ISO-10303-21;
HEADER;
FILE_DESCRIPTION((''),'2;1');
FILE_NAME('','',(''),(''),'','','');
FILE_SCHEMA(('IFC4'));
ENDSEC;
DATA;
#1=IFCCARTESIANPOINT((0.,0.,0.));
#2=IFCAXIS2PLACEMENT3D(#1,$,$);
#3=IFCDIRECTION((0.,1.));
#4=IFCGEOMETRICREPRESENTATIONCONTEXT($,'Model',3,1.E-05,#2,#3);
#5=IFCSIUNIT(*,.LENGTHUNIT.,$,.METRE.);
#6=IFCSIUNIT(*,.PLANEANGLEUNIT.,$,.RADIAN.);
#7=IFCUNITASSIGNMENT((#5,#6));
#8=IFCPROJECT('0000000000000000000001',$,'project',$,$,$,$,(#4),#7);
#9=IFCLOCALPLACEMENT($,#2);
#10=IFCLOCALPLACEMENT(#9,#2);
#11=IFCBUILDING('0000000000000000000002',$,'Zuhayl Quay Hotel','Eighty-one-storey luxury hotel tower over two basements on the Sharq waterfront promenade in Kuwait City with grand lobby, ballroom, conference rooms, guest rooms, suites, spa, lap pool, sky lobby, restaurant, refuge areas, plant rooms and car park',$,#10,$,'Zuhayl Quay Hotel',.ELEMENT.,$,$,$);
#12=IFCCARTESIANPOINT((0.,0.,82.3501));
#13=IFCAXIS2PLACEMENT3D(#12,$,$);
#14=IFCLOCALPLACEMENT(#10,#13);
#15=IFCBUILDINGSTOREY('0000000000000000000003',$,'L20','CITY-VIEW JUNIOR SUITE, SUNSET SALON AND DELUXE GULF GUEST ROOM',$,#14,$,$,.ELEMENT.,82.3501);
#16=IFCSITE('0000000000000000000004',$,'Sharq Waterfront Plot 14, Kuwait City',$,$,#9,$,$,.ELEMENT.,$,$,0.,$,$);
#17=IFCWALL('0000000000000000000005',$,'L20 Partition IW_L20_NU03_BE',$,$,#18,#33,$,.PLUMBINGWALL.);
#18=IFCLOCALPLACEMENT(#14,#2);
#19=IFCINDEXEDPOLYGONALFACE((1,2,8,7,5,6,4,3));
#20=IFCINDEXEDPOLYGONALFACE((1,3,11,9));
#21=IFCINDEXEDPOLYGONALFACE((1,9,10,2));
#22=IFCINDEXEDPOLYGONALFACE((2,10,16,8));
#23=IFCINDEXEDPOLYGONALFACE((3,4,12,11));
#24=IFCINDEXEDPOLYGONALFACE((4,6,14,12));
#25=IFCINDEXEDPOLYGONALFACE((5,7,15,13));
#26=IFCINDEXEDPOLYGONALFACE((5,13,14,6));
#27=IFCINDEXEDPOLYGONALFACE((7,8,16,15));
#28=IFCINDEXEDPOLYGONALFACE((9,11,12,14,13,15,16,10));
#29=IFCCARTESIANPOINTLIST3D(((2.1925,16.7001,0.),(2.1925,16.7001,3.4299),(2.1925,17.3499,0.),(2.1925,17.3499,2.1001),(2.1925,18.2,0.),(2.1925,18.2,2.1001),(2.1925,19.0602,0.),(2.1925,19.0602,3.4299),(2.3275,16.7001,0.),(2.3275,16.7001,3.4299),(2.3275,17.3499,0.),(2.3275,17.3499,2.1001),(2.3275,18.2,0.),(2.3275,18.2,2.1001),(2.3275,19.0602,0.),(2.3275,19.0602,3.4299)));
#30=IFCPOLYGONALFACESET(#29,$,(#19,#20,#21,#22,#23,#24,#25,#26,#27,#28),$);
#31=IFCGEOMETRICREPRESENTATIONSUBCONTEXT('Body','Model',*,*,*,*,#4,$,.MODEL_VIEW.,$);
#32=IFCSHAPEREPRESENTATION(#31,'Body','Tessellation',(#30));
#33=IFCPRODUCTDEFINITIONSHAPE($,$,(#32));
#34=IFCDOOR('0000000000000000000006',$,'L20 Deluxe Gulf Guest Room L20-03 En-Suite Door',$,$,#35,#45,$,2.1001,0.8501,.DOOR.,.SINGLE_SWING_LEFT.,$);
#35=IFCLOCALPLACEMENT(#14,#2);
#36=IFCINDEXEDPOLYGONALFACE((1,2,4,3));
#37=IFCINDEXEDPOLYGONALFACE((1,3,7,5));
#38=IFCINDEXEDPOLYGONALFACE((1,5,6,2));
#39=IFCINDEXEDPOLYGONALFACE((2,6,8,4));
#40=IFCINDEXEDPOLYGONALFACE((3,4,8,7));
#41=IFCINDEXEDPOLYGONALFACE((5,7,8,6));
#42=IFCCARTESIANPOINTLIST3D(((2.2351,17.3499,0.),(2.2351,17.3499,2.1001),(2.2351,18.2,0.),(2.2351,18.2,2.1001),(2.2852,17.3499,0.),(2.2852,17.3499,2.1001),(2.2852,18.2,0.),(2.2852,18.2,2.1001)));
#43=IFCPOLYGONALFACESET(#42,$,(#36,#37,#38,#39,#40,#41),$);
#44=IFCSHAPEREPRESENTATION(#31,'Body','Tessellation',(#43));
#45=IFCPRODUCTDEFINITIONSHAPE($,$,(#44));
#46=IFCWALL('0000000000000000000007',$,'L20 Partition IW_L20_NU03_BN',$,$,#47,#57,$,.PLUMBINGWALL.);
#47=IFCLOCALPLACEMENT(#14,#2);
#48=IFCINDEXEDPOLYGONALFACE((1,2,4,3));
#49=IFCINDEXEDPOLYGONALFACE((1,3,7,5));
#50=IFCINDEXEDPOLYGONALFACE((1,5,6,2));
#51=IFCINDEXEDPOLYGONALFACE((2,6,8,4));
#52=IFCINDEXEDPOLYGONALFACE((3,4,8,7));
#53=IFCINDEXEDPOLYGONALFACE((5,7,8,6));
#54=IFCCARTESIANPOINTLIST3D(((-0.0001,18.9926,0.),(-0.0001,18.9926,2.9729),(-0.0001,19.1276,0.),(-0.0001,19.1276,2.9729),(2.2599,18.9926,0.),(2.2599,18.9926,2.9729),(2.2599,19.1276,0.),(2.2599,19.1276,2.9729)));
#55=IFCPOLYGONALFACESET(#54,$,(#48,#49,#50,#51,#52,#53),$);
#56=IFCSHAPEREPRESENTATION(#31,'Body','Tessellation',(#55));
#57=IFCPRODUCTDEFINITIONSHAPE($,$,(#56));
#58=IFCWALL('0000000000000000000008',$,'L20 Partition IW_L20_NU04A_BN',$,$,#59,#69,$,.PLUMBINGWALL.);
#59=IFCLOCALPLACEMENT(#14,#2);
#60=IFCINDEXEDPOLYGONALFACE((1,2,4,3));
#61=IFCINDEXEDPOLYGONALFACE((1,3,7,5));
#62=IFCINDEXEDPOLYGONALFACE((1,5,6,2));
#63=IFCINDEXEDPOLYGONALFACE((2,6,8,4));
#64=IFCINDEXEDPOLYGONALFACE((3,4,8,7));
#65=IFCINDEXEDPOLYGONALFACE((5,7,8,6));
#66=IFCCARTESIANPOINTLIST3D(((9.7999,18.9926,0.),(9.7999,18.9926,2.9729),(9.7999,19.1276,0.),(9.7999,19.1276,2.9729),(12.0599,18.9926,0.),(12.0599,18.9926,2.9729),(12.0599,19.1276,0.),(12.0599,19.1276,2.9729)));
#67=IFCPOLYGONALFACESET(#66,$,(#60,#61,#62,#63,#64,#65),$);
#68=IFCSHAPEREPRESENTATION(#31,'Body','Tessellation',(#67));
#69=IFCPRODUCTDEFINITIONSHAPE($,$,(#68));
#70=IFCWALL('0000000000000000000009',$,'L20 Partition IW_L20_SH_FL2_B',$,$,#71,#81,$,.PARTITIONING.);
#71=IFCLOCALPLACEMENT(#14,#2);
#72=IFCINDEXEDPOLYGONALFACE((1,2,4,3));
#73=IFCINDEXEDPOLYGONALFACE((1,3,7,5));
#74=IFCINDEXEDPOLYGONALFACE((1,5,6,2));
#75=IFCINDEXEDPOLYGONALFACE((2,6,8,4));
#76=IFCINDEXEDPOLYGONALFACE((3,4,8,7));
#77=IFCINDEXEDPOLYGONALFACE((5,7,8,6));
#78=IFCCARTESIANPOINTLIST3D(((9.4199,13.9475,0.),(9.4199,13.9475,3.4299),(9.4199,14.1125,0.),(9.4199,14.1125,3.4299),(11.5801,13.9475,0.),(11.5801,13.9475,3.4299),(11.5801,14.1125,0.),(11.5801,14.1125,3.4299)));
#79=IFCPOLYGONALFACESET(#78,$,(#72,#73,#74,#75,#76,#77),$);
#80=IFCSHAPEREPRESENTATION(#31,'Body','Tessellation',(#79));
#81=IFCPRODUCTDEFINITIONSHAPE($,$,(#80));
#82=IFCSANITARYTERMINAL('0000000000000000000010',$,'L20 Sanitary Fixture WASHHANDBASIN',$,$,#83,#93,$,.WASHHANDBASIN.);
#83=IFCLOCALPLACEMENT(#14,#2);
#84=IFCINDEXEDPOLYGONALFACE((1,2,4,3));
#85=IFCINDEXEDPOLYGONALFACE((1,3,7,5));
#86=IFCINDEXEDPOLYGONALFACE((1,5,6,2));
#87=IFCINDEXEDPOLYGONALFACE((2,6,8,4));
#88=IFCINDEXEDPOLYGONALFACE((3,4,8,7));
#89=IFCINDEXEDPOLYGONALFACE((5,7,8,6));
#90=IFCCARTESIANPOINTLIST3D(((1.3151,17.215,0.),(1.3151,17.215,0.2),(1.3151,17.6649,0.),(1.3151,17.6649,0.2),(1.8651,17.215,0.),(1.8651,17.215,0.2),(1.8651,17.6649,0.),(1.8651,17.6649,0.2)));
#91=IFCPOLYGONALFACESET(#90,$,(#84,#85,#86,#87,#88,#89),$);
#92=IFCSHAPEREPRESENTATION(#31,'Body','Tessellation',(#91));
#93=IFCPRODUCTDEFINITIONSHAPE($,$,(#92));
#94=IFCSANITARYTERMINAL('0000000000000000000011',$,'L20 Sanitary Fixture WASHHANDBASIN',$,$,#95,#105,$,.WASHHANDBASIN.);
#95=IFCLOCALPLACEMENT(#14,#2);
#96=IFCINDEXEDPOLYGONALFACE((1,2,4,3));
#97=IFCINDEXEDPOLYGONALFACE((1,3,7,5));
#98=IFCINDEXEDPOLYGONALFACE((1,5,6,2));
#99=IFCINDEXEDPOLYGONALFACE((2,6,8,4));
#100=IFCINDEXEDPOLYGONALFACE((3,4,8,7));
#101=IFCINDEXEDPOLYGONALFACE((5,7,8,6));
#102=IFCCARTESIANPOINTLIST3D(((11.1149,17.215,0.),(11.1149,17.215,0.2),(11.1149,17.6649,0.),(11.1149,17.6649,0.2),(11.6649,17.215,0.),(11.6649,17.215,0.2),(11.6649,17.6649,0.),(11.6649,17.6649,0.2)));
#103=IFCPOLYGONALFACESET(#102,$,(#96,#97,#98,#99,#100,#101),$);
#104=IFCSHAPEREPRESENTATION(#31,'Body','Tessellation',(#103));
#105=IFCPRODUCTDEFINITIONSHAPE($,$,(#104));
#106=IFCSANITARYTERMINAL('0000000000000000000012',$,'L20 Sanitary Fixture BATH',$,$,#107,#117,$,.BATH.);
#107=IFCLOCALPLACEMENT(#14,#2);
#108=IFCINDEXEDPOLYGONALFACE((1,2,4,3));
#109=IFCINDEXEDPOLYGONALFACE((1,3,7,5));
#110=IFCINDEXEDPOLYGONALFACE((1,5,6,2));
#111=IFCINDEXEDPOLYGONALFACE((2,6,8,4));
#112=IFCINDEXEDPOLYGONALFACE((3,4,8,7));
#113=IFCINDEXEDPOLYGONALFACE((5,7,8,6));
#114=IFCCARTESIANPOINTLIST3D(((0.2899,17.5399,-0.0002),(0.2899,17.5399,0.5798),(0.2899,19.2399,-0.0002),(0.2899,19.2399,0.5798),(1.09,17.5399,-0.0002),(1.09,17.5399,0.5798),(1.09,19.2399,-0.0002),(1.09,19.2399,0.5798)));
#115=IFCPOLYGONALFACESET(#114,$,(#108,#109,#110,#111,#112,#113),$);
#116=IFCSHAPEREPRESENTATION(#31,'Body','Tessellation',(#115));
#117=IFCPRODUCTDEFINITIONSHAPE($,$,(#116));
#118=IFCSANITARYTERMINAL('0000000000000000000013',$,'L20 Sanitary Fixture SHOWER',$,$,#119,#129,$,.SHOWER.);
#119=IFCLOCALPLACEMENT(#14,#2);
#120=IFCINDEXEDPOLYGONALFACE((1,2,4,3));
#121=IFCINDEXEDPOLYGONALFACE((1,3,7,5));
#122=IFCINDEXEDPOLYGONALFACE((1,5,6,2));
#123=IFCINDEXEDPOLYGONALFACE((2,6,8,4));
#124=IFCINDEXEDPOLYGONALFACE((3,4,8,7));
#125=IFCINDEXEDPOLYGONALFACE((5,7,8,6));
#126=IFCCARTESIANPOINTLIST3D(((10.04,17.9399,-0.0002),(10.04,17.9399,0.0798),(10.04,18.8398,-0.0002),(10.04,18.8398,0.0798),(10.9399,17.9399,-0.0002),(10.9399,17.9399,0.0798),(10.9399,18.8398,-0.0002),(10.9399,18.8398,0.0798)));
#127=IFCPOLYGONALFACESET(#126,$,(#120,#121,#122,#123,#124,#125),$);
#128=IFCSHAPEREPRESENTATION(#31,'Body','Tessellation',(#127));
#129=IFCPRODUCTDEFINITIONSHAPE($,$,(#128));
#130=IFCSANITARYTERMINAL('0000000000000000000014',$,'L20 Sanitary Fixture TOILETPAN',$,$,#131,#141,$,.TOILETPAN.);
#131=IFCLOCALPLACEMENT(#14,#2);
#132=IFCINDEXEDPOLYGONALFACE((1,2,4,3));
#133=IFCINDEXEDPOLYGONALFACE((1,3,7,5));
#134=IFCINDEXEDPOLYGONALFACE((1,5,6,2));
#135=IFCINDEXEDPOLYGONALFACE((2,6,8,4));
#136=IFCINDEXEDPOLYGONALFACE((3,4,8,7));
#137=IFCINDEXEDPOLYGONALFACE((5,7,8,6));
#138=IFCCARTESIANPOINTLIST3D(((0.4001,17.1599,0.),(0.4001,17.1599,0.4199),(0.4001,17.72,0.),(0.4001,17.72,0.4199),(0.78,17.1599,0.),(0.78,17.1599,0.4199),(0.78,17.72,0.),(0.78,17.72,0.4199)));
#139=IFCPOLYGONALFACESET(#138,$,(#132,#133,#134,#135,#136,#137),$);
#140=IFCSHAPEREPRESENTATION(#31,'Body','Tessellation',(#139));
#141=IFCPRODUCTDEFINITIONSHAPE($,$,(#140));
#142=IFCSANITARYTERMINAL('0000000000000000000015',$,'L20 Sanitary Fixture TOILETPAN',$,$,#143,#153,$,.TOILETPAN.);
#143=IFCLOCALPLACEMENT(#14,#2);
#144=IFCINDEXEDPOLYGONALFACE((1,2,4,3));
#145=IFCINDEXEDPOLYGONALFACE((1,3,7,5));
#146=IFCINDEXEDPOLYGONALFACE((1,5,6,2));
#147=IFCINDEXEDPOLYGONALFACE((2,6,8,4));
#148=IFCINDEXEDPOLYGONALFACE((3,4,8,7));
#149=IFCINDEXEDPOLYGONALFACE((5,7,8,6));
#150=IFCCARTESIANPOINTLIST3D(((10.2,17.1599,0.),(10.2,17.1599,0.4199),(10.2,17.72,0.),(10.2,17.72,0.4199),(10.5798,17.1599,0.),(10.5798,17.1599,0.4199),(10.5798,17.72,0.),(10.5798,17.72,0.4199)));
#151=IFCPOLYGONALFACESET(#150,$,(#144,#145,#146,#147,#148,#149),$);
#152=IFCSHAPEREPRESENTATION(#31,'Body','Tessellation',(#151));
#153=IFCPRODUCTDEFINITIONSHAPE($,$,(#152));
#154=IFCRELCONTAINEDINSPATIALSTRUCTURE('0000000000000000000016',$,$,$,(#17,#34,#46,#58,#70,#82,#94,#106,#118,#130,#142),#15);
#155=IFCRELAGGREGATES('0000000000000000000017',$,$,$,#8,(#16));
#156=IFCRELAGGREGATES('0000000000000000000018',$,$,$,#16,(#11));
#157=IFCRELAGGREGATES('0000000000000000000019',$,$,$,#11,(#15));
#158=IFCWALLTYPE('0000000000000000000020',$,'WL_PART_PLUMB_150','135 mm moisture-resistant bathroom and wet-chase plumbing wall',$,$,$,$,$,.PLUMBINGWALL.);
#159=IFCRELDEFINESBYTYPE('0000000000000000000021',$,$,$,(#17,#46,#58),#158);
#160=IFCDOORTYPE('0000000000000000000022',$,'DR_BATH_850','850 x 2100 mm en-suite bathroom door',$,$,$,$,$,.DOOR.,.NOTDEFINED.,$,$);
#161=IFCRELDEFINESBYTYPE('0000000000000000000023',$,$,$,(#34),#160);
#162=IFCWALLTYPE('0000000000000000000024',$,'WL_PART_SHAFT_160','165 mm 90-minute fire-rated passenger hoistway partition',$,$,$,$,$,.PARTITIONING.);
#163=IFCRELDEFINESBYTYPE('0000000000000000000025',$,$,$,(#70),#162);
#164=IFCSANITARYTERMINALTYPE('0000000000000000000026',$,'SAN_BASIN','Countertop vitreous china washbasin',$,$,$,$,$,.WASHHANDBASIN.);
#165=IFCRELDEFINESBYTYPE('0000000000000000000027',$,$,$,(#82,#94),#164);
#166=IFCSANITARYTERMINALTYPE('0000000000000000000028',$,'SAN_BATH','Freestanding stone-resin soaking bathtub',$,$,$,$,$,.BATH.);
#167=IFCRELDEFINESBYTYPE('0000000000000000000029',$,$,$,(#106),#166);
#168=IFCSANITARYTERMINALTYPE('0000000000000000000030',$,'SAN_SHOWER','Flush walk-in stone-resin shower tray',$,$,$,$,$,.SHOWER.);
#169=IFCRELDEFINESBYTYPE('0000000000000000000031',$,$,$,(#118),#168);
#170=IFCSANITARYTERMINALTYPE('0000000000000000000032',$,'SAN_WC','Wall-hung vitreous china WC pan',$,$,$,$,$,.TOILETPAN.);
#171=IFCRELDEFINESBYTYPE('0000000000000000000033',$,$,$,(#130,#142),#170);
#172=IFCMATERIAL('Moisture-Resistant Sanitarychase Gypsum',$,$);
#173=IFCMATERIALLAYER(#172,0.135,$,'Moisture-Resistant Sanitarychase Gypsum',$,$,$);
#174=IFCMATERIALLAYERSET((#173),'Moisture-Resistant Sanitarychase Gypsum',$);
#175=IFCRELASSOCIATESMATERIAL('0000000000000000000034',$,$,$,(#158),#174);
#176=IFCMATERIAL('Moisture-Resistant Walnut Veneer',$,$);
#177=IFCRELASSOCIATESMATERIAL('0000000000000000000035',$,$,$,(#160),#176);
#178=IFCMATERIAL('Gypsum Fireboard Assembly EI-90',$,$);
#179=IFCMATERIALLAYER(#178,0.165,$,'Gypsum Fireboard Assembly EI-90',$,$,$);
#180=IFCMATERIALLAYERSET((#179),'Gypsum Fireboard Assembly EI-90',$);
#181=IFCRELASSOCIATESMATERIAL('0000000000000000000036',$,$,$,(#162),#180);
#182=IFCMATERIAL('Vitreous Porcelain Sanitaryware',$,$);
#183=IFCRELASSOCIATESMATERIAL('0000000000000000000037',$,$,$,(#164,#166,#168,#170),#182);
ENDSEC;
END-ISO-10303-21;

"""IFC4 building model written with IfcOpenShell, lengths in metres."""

from ifc_helpers import new_model, si_unit, direction, frame, frame_2d, origin, origin_2d, place, context, subcontext, project, spatial, rectangle, extrude, material, layer, layer_set, type_object, element, fill, save


model = new_model("IFC4")

# Units and contexts
model_context = context("Model", 3, precision=1e-05, world=origin(), true_north=direction((0.0, 1.0)))
body_context = subcontext(model_context, "Body", "Model", "MODEL_VIEW")
ifc_project = project(units=[si_unit("LENGTHUNIT", "METRE"), si_unit("PLANEANGLEUNIT", "RADIAN")], contexts=[model_context])

# Site, building, storey
site_placement = place(None, origin())
site = spatial("IfcSite", under=ifc_project, at=site_placement, Name="Sharq Waterfront Plot 14, Kuwait City", CompositionType="ELEMENT", RefElevation=0.0)
building_placement = place(site_placement, origin())
building = spatial("IfcBuilding", under=site, at=building_placement, Name="Zuhayl Quay Hotel", Description="Eighty-one-storey luxury hotel tower over two basements on the Sharq waterfront promenade in Kuwait City with grand lobby, ballroom, conference rooms, guest rooms, suites, spa, lap pool, sky lobby, restaurant, refuge areas, plant rooms and car park", LongName="Zuhayl Quay Hotel", CompositionType="ELEMENT")
storey_placement = place(building_placement, frame((0.0, 0.0, 82.3501)))
storey = spatial("IfcBuildingStorey", under=building, at=storey_placement, Name="L20", Description="CITY-VIEW JUNIOR SUITE, SUNSET SALON AND DELUXE GULF GUEST ROOM", CompositionType="ELEMENT", Elevation=82.3501)

# Wall, opening, door
ifc_material_1 = material(Name="Moisture-Resistant Sanitarychase Gypsum")
ifc_layer_1 = layer(ifc_material_1, 0.135, Name="Moisture-Resistant Sanitarychase Gypsum")
ifc_layer_set_1 = layer_set([ifc_layer_1], Name="Moisture-Resistant Sanitarychase Gypsum")
wall_type_1 = type_object("IfcWallType", Name="WL_PART_PLUMB_150", Description="135 mm moisture-resistant bathroom and wet-chase plumbing wall", PredefinedType="PLUMBINGWALL", material=ifc_layer_set_1)
wall_1_placement = place(storey_placement, frame((2.26, 16.7, 0.0), z_axis=(0.0, 0.0, 1.0), x_axis=(0.0, 1.0, 0.0)))
wall_1 = element("IfcWall", 1, at=wall_1_placement, inside=storey, type_object=wall_type_1, Name="L20 Partition IW_L20_NU03_BE", PredefinedType="PLUMBINGWALL", context=body_context, shape_type="SweptSolid", body=[
    extrude(rectangle(XDim=2.3601, YDim=0.135, at=frame_2d((1.1802, 0.0))), origin(), (0.0, 0.0, 1.0), 3.4299),
])
opening_1_placement = place(wall_1_placement, frame((0.6499, 0.0, 0.0)))
opening_1 = element("IfcOpeningElement", 2, at=opening_1_placement, cuts=wall_1, PredefinedType="OPENING", context=body_context, shape_type="SweptSolid", body=[
    extrude(rectangle(XDim=0.8501, YDim=2.1001, at=frame_2d((0.425, 1.05))), frame((0.0, 0.0774, 0.0), z_axis=(0.0, -1.0, 0.0), x_axis=(1.0, 0.0, 0.0)), (0.0, 0.0, 1.0), 0.155),
])
ifc_material_2 = material(Name="Moisture-Resistant Walnut Veneer")
door_type_1 = type_object("IfcDoorType", Name="DR_BATH_850", Description="850 x 2100 mm en-suite bathroom door", OperationType="NOTDEFINED", PredefinedType="DOOR", material=ifc_material_2)
door_1_placement = place(opening_1_placement, origin())
door_1 = element("IfcDoor", 3, at=door_1_placement, inside=storey, type_object=door_type_1, Name="L20 Deluxe Gulf Guest Room L20-03 En-Suite Door", OperationType="SINGLE_SWING_LEFT", OverallHeight=2.1001, OverallWidth=0.8501, PredefinedType="DOOR", context=body_context, shape_type="SweptSolid", body=[
    extrude(rectangle(XDim=0.8501, YDim=2.1001, at=frame_2d((0.425, 1.05))), frame((0.0, 0.0249, 0.0), z_axis=(0.0, -1.0, 0.0), x_axis=(1.0, 0.0, 0.0)), (0.0, 0.0, 1.0), 0.05),
])
fill(opening_1, door_1)

# Walls
for number, where, z_axis, x_axis, name in (
    (4, (0.0, 19.0601, 0.0), (0.0, 0.0, 1.0), (1.0, 0.0, 0.0), "L20 Partition IW_L20_NU03_BN"),
    (5, (9.8, 19.0601, 0.0), (0.0, 0.0, 1.0), (1.0, 0.0, 0.0), "L20 Partition IW_L20_NU04A_BN"),
):
    element("IfcWall", number, at=place(storey_placement, frame(where, z_axis=z_axis, x_axis=x_axis)), inside=storey, type_object=wall_type_1, Name=name, PredefinedType="PLUMBINGWALL", context=body_context, shape_type="SweptSolid", body=[
        extrude(rectangle(XDim=2.26, YDim=0.135, at=frame_2d((1.1299, 0.0))), origin(), (0.0, 0.0, 1.0), 2.9729),
    ])
ifc_material_3 = material(Name="Gypsum Fireboard Assembly EI-90")
ifc_layer_2 = layer(ifc_material_3, 0.165, Name="Gypsum Fireboard Assembly EI-90")
ifc_layer_set_2 = layer_set([ifc_layer_2], Name="Gypsum Fireboard Assembly EI-90")
wall_type_2 = type_object("IfcWallType", Name="WL_PART_SHAFT_160", Description="165 mm 90-minute fire-rated passenger hoistway partition", PredefinedType="PARTITIONING", material=ifc_layer_set_2)
wall_2_placement = place(storey_placement, frame((9.4199, 14.03, 0.0), z_axis=(0.0, 0.0, 1.0), x_axis=(1.0, 0.0, 0.0)))
element("IfcWall", 6, at=wall_2_placement, inside=storey, type_object=wall_type_2, Name="L20 Partition IW_L20_SH_FL2_B", PredefinedType="PARTITIONING", context=body_context, shape_type="SweptSolid", body=[
    extrude(rectangle(XDim=2.1602, YDim=0.165, at=frame_2d((1.0801, 0.0))), origin(), (0.0, 0.0, 1.0), 3.4299),
])

# Sanitary terminals
ifc_material_4 = material(Name="Vitreous Porcelain Sanitaryware")
sanitary_terminal_type_1 = type_object("IfcSanitaryTerminalType", Name="SAN_BASIN", Description="Countertop vitreous china washbasin", PredefinedType="WASHHANDBASIN", material=ifc_material_4)
for number, where, z_axis, x_axis, name in (
    (7, (1.5901, 17.4399, 0.0), (0.0, 0.0, 1.0), (1.0, 0.0, 0.0), "L20 Sanitary Fixture WASHHANDBASIN"),
    (8, (11.3899, 17.4399, 0.0), (0.0, 0.0, 1.0), (1.0, 0.0, 0.0), "L20 Sanitary Fixture WASHHANDBASIN"),
):
    element("IfcSanitaryTerminal", number, at=place(storey_placement, frame(where, z_axis=z_axis, x_axis=x_axis)), inside=storey, type_object=sanitary_terminal_type_1, Name=name, PredefinedType="WASHHANDBASIN", context=body_context, shape_type="SweptSolid", body=[
        extrude(rectangle(XDim=0.55, YDim=0.45, at=origin_2d()), origin(), (0.0, 0.0, 1.0), 0.2),
    ])
sanitary_terminal_type_2 = type_object("IfcSanitaryTerminalType", Name="SAN_BATH", Description="Freestanding stone-resin soaking bathtub", PredefinedType="BATH", material=ifc_material_4)
sanitary_terminal_1_placement = place(storey_placement, frame((0.6899, 18.3899, -0.0002), z_axis=(0.0, 0.0, 1.0), x_axis=(1.0, 0.0, 0.0)))
element("IfcSanitaryTerminal", 9, at=sanitary_terminal_1_placement, inside=storey, type_object=sanitary_terminal_type_2, Name="L20 Sanitary Fixture BATH", PredefinedType="BATH", context=body_context, shape_type="SweptSolid", body=[
    extrude(rectangle(XDim=0.8, YDim=1.7, at=origin_2d()), origin(), (0.0, 0.0, 1.0), 0.5801),
])
sanitary_terminal_type_3 = type_object("IfcSanitaryTerminalType", Name="SAN_SHOWER", Description="Flush walk-in stone-resin shower tray", PredefinedType="SHOWER", material=ifc_material_4)
sanitary_terminal_2_placement = place(storey_placement, frame((10.49, 18.3899, -0.0002), z_axis=(0.0, 0.0, 1.0), x_axis=(1.0, 0.0, 0.0)))
element("IfcSanitaryTerminal", 10, at=sanitary_terminal_2_placement, inside=storey, type_object=sanitary_terminal_type_3, Name="L20 Sanitary Fixture SHOWER", PredefinedType="SHOWER", context=body_context, shape_type="SweptSolid", body=[
    extrude(rectangle(XDim=0.8999, YDim=0.8999, at=origin_2d()), origin(), (0.0, 0.0, 1.0), 0.0801),
])
sanitary_terminal_type_4 = type_object("IfcSanitaryTerminalType", Name="SAN_WC", Description="Wall-hung vitreous china WC pan", PredefinedType="TOILETPAN", material=ifc_material_4)
for number, where, z_axis, x_axis, name in (
    (11, (0.5901, 17.4399, 0.0), (0.0, 0.0, 1.0), (1.0, 0.0, 0.0), "L20 Sanitary Fixture TOILETPAN"),
    (12, (10.3899, 17.4399, 0.0), (0.0, 0.0, 1.0), (1.0, 0.0, 0.0), "L20 Sanitary Fixture TOILETPAN"),
):
    element("IfcSanitaryTerminal", number, at=place(storey_placement, frame(where, z_axis=z_axis, x_axis=x_axis)), inside=storey, type_object=sanitary_terminal_type_4, Name=name, PredefinedType="TOILETPAN", context=body_context, shape_type="SweptSolid", body=[
        extrude(rectangle(XDim=0.3799, YDim=0.5601, at=origin_2d()), origin(), (0.0, 0.0, 1.0), 0.4199),
    ])

save(model, "model.ifc")
